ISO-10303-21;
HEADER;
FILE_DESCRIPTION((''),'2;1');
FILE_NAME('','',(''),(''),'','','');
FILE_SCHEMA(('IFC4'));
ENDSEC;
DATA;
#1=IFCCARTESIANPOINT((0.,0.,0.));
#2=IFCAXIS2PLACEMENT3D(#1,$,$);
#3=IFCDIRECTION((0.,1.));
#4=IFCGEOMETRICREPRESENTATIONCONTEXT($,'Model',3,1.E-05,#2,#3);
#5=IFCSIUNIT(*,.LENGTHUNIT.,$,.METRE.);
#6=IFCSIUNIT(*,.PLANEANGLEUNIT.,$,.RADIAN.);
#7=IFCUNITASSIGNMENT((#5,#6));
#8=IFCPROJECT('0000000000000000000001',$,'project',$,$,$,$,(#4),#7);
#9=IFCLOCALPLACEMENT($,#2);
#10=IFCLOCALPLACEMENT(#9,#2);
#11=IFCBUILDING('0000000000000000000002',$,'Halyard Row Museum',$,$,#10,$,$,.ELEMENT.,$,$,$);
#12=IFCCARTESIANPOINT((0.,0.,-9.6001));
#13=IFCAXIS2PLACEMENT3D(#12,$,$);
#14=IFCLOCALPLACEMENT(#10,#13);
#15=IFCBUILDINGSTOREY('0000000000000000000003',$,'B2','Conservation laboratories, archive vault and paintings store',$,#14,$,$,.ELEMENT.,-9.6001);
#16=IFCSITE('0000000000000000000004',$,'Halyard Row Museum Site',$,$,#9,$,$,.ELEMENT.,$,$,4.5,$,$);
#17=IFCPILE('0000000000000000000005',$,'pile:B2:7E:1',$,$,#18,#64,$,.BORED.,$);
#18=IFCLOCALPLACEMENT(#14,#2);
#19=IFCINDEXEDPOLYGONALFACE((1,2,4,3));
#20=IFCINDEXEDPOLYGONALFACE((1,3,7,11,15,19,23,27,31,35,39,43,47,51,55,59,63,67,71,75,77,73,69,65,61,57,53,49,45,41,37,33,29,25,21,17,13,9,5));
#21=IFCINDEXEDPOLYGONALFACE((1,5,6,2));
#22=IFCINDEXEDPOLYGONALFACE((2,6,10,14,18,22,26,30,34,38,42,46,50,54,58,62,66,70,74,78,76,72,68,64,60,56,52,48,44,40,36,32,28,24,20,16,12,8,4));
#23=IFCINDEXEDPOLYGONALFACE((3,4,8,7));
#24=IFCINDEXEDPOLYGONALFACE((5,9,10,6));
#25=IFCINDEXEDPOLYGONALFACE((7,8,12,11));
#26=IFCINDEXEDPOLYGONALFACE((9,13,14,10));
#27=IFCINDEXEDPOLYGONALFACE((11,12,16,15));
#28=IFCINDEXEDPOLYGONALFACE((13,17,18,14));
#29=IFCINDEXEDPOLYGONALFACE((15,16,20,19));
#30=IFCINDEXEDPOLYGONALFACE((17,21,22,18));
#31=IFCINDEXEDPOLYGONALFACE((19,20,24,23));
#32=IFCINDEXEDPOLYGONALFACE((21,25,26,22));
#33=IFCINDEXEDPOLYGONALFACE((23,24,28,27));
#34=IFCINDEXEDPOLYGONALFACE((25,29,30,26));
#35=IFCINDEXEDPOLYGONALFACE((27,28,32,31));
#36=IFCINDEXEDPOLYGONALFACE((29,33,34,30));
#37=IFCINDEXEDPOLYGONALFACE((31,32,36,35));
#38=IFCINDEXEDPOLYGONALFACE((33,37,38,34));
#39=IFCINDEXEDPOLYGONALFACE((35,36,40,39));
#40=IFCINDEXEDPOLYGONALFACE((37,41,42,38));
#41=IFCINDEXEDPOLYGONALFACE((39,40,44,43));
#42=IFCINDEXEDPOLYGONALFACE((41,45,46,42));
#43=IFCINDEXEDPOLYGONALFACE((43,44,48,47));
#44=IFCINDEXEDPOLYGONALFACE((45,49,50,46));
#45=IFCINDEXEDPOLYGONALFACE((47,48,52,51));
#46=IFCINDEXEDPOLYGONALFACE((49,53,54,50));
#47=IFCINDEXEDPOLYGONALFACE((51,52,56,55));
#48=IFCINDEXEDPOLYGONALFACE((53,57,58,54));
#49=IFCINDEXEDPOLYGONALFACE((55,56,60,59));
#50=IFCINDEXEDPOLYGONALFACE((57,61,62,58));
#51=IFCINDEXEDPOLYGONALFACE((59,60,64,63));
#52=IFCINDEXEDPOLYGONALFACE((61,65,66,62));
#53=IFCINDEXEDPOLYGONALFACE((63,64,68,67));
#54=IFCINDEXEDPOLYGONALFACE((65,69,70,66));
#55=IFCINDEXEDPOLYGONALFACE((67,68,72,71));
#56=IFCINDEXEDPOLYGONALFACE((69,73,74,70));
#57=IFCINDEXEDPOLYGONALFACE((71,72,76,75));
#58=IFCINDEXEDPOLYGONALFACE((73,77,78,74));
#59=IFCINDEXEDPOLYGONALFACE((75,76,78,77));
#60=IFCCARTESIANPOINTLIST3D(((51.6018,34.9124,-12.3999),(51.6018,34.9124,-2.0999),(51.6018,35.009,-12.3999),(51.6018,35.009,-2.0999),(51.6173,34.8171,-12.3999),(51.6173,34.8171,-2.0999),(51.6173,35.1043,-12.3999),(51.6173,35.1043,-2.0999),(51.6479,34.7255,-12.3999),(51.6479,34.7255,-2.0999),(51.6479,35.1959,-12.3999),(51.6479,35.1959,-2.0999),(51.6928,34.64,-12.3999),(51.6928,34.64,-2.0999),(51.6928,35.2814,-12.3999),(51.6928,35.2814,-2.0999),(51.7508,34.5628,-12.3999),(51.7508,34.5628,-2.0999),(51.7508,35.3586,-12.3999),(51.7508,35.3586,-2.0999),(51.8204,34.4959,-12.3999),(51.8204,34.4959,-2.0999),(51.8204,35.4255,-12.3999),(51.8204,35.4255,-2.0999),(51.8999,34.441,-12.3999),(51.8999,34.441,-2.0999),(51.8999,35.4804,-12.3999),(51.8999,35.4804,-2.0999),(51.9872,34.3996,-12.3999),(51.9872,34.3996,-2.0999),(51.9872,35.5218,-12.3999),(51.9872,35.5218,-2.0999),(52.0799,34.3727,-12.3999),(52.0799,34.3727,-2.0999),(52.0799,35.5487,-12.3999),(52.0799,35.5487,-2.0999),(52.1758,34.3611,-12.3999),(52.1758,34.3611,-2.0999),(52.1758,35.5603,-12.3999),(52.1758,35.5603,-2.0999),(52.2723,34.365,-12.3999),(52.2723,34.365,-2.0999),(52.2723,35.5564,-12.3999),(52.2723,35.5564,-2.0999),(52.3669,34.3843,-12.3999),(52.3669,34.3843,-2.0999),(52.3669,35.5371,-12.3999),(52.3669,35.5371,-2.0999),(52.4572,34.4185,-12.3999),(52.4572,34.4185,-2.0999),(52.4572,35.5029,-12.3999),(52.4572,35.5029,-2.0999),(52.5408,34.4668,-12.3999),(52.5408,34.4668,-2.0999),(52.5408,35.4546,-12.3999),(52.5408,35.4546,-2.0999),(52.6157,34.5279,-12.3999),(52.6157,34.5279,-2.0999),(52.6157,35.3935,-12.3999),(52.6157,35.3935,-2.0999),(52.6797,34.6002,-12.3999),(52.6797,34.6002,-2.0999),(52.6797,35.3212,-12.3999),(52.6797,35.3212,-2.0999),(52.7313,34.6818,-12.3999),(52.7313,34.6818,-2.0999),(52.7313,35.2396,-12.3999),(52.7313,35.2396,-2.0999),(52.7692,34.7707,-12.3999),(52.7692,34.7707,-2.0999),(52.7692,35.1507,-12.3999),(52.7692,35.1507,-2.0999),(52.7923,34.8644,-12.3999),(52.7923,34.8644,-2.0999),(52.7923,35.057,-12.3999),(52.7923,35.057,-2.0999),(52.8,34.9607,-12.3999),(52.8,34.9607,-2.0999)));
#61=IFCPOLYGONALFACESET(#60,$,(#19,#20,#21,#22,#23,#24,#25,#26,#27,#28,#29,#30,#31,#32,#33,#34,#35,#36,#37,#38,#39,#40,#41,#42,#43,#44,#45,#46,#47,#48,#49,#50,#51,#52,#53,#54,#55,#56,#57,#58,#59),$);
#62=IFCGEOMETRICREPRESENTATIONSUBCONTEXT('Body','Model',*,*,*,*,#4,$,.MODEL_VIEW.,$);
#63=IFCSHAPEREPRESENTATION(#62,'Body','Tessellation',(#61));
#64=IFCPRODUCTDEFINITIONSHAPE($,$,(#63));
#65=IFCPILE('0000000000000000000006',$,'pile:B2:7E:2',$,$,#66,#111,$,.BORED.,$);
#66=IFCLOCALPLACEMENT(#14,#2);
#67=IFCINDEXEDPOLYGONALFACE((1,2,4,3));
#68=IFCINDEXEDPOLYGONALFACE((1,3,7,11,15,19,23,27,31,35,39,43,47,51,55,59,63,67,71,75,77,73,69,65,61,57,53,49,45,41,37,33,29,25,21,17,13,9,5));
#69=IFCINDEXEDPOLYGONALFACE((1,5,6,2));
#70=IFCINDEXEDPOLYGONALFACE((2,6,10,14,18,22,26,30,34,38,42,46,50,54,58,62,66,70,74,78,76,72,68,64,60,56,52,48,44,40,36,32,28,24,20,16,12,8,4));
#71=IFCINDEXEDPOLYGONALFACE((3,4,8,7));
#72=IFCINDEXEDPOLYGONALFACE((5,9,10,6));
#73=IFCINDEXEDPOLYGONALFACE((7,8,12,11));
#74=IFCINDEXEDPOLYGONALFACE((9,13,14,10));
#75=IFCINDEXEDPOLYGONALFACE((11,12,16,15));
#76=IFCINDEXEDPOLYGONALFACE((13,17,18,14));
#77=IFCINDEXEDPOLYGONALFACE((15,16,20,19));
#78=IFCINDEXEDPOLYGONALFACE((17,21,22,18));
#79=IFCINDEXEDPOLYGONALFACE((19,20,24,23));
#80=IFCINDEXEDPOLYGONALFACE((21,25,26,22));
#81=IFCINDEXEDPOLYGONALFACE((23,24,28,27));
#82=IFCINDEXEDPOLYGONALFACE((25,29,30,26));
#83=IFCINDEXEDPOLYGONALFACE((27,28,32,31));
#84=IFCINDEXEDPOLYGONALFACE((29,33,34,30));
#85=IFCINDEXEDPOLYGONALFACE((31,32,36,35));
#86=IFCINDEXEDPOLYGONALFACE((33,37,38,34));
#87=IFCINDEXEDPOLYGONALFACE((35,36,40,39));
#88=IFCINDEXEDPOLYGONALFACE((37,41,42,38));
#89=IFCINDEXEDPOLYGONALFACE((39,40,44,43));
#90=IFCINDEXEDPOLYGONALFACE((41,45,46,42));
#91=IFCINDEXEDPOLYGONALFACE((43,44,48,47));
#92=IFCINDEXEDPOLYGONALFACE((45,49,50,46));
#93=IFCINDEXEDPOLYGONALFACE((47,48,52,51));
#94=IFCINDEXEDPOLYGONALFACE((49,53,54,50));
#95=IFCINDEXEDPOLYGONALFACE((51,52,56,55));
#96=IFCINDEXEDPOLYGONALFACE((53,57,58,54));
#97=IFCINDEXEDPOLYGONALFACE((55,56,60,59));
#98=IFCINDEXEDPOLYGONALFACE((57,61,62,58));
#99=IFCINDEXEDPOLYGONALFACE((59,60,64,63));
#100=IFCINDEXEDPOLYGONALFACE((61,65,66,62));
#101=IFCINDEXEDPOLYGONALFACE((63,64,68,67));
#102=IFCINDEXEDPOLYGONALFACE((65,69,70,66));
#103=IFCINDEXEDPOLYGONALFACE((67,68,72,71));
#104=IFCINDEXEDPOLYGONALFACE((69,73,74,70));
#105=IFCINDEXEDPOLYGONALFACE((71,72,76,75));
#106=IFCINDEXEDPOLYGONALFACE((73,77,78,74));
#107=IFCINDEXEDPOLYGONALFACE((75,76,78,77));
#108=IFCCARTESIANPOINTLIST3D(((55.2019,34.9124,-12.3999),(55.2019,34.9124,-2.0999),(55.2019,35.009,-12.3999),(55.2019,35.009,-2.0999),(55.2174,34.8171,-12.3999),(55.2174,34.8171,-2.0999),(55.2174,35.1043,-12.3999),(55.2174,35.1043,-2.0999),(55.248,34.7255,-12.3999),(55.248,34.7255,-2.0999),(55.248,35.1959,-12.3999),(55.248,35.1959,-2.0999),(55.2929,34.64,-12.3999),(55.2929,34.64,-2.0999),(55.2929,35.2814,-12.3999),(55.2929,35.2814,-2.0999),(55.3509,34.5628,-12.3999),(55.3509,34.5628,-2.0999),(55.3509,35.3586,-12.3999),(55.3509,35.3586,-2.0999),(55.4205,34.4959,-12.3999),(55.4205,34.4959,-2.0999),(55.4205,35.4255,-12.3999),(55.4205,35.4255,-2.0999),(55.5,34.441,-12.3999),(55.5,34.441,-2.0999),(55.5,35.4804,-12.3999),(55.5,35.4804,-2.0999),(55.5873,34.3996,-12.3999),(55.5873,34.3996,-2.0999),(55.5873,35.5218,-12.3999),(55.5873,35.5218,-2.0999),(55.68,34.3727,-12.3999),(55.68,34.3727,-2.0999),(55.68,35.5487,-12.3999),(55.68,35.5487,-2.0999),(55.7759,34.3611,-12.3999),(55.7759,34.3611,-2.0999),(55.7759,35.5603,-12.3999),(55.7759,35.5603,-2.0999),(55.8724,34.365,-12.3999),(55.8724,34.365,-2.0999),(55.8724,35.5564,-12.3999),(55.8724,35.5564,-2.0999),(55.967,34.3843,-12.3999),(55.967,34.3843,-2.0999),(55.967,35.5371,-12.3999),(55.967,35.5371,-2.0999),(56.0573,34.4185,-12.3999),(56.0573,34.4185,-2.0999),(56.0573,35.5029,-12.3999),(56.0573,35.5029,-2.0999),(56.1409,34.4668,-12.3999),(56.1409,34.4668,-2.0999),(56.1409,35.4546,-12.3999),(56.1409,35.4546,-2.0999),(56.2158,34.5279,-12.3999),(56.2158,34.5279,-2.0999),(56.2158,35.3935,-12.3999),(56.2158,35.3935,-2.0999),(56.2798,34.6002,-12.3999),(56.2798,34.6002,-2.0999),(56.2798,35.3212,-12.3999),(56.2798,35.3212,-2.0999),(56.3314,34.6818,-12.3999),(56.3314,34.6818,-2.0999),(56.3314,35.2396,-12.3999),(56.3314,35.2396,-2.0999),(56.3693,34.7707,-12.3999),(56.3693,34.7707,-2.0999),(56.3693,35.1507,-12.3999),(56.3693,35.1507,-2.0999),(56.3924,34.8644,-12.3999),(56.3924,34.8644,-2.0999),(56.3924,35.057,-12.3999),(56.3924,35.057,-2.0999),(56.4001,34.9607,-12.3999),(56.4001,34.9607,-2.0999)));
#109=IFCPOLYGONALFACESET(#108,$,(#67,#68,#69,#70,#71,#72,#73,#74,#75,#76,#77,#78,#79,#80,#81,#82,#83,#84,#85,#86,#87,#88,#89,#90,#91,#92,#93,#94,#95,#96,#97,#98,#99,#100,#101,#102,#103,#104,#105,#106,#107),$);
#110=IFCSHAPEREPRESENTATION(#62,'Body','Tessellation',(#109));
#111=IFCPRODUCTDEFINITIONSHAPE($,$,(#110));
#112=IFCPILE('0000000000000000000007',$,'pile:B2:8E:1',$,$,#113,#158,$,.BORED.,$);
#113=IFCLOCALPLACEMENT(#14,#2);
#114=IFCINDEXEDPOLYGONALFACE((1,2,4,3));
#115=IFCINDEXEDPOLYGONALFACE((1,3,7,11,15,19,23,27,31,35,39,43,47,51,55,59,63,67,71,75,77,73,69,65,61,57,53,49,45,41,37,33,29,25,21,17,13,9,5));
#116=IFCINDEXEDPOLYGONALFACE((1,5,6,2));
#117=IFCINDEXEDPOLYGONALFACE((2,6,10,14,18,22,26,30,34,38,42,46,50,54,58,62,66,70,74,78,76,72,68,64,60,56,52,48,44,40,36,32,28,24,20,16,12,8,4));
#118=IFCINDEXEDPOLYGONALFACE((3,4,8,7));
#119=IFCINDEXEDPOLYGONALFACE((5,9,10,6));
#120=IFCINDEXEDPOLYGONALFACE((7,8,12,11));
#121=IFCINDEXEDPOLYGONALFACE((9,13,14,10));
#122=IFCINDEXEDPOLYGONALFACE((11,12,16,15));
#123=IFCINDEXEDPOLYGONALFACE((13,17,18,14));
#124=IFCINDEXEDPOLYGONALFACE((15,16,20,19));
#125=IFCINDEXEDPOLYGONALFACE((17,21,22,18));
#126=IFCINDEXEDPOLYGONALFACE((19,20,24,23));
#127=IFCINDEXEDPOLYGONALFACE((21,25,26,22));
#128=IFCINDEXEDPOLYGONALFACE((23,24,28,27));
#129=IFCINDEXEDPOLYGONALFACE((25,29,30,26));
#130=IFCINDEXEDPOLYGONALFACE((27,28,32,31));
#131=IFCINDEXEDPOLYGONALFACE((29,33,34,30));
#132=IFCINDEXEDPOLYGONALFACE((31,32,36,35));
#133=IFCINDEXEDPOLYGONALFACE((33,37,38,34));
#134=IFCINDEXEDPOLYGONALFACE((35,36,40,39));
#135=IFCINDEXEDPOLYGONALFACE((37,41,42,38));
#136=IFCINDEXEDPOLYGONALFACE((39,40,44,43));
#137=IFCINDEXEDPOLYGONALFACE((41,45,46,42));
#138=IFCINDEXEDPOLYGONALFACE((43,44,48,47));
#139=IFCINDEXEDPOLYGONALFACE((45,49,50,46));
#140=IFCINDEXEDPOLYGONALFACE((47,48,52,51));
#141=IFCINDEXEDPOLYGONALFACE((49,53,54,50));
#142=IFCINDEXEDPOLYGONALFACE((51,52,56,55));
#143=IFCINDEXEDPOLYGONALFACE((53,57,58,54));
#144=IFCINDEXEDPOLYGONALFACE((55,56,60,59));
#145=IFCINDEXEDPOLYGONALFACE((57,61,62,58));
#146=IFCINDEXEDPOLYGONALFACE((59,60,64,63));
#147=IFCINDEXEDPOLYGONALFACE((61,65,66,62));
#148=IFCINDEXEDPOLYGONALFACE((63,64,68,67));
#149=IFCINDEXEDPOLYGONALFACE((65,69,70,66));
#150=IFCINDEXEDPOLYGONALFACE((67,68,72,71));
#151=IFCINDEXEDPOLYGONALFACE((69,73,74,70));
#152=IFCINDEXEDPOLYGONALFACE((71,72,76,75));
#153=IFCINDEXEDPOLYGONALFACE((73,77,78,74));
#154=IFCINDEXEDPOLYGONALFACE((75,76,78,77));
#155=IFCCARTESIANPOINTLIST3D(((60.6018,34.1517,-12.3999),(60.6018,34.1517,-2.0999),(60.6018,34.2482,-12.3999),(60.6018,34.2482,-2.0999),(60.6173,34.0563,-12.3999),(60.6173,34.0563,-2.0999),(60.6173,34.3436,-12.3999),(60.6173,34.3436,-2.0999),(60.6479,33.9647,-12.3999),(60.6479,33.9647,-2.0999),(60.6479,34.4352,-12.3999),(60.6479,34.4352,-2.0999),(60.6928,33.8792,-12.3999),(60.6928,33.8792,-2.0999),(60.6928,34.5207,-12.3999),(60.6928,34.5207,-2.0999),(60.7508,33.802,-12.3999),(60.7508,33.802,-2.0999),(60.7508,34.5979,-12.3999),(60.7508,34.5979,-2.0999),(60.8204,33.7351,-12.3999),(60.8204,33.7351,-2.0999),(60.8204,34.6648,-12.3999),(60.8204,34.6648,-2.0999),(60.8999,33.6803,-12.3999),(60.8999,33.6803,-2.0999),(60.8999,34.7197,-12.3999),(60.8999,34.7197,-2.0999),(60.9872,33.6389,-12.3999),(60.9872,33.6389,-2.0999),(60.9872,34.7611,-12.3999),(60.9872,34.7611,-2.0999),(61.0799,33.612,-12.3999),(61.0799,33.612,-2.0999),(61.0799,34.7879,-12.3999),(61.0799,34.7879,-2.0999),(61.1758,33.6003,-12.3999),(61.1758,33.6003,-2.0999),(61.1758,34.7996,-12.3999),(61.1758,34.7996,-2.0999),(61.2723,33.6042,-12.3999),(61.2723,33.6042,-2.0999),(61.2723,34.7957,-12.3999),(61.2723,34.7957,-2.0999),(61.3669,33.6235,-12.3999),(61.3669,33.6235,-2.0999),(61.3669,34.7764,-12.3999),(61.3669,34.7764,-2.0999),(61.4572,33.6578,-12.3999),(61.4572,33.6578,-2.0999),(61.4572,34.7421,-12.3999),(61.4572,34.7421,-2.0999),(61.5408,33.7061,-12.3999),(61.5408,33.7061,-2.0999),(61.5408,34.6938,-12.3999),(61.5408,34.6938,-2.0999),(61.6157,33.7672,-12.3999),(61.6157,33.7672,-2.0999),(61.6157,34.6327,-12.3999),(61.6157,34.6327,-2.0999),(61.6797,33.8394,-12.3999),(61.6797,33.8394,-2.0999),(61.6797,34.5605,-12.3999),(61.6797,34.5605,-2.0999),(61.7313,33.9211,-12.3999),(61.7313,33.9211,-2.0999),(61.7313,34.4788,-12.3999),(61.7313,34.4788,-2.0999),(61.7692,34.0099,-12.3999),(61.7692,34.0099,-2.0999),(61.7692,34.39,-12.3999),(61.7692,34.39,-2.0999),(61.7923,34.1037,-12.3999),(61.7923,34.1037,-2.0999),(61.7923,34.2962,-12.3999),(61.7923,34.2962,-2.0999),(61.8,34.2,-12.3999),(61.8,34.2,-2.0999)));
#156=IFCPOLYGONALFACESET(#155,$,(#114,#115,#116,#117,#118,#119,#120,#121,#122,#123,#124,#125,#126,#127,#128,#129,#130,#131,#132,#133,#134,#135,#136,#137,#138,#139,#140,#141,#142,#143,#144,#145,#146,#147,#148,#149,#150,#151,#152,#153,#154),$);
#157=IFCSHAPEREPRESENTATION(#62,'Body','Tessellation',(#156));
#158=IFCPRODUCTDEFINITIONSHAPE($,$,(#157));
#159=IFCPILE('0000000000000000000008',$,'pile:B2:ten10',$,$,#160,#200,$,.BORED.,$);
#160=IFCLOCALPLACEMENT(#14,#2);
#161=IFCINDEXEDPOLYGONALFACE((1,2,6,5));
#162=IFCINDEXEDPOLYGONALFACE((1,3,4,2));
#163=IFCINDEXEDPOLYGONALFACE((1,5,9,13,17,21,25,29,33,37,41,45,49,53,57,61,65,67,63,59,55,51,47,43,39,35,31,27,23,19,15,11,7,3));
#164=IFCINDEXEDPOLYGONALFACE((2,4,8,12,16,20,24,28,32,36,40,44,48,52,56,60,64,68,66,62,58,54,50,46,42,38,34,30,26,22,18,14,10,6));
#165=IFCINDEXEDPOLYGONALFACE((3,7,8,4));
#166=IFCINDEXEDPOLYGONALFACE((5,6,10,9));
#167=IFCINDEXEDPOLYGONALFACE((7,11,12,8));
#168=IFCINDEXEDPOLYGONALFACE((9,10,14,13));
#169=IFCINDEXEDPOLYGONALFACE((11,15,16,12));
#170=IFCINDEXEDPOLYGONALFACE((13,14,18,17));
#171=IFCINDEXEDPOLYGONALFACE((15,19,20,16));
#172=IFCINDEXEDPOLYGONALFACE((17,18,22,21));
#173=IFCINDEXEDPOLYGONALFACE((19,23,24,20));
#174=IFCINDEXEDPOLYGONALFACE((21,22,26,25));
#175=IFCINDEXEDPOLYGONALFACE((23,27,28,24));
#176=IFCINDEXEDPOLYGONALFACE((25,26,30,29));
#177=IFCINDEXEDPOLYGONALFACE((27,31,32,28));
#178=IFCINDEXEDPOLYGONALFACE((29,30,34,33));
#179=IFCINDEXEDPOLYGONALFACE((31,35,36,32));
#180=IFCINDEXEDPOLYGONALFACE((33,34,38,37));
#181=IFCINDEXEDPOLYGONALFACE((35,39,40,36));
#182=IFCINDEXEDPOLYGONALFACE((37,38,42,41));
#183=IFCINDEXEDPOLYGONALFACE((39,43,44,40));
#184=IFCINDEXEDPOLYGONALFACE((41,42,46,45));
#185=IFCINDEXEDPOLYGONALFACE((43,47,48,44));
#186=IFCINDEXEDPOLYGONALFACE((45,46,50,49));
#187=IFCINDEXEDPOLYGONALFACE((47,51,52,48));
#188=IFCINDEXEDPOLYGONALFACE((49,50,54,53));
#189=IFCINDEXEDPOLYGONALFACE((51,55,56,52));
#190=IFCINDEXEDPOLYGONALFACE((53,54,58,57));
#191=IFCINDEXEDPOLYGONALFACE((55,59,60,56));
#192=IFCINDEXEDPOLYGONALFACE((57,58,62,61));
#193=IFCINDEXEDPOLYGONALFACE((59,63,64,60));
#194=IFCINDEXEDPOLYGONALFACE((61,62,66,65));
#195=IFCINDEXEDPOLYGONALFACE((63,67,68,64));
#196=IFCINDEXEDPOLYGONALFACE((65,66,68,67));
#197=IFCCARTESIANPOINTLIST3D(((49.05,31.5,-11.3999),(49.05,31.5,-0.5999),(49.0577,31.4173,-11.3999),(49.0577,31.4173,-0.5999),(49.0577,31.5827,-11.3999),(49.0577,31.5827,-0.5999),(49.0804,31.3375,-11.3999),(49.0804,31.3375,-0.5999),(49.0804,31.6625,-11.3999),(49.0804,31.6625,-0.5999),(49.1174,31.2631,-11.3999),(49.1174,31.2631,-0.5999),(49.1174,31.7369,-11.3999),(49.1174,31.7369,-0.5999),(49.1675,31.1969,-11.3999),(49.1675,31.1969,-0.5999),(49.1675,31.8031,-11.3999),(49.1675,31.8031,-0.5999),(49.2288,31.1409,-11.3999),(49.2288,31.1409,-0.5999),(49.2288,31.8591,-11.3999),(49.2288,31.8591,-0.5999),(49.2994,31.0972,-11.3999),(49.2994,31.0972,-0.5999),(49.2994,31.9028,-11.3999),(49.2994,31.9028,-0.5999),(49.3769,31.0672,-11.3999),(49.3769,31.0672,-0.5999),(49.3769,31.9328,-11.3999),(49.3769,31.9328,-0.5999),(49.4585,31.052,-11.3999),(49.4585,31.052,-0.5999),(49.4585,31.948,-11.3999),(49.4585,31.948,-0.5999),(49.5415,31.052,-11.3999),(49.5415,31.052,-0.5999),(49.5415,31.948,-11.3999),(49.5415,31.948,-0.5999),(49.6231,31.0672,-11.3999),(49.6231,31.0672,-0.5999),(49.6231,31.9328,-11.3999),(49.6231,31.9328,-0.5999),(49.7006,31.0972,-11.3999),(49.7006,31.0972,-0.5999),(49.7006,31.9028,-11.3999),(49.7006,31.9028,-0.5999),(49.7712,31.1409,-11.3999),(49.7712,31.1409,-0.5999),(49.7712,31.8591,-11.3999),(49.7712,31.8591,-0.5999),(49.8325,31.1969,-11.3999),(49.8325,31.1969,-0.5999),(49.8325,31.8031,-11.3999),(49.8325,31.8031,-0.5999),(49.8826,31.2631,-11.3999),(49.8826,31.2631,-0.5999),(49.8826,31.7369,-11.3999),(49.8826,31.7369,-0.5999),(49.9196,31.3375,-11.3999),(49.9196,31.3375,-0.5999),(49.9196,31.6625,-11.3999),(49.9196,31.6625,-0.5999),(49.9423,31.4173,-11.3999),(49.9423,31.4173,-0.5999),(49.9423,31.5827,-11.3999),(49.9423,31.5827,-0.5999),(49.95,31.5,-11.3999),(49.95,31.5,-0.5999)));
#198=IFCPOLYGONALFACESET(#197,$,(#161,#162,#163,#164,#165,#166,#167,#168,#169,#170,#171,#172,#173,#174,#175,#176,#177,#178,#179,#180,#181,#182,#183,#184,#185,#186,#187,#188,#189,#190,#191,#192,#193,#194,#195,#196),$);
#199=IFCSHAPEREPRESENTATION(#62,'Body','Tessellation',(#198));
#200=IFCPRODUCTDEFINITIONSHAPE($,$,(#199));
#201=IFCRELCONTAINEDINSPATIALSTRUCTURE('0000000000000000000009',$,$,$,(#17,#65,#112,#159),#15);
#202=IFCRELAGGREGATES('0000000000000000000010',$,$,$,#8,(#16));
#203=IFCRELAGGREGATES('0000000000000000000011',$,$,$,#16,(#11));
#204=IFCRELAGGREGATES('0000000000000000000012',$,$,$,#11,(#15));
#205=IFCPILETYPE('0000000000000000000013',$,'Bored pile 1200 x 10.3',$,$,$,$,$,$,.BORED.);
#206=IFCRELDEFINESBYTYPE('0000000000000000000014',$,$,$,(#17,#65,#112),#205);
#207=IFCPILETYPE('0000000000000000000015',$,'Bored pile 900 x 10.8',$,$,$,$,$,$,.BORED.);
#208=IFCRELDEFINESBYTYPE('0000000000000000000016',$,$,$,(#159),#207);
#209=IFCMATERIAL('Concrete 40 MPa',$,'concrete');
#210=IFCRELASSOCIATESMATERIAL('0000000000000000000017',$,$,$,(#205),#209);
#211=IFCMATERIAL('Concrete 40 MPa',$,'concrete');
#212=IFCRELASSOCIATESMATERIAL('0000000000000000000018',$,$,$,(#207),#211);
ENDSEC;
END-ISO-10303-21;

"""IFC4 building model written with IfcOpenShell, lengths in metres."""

from ifc_helpers import new_model, si_unit, direction, frame, origin, origin_2d, place, context, subcontext, project, spatial, circle, extrude, material, material_profile, profile_set, type_object, element, save


model = new_model("IFC4")

# Units and contexts
model_context = context("Model", 3, precision=1e-05, world=origin(), true_north=direction((0.0, 1.0)))
body_context = subcontext(model_context, "Body", "Model", "MODEL_VIEW")
ifc_project = project(units=[si_unit("LENGTHUNIT", "METRE"), si_unit("PLANEANGLEUNIT", "RADIAN")], contexts=[model_context])

# Site, building, storey
site_placement = place(None, origin())
site = spatial("IfcSite", under=ifc_project, at=site_placement, Name="Halyard Row Museum Site", CompositionType="ELEMENT", RefElevation=4.5)
building_placement = place(site_placement, origin())
building = spatial("IfcBuilding", under=site, at=building_placement, Name="Halyard Row Museum", CompositionType="ELEMENT")
storey_placement = place(building_placement, frame((0.0, 0.0, -9.6001)))
storey = spatial("IfcBuildingStorey", under=building, at=storey_placement, Name="B2", Description="Conservation laboratories, archive vault and paintings store", CompositionType="ELEMENT", Elevation=-9.6001)

# Piles
ifc_material_1 = material(Name="Concrete 40 MPa", Category="concrete")
ifc_material_profile_1 = material_profile(ifc_material_1, circle(Radius=0.6001, at=origin_2d()), Name="Bored pile 1200 x 10.3")
ifc_profile_set_1 = profile_set([ifc_material_profile_1], Name="Concrete 40 MPa")
pile_type_1 = type_object("IfcPileType", Name="Bored pile 1200 x 10.3", PredefinedType="BORED", material=ifc_profile_set_1)
for number, where, z_axis, x_axis, name in (
    (1, (52.2, 34.9607, -2.0999), (0.0, 0.0, -1.0), (1.0, 0.0, 0.0), "pile:B2:7E:1"),
    (2, (55.8, 34.9607, -2.0999), (0.0, 0.0, -1.0), (1.0, 0.0, 0.0), "pile:B2:7E:2"),
    (3, (61.2, 34.2, -2.0999), (0.0, 0.0, -1.0), (1.0, 0.0, 0.0), "pile:B2:8E:1"),
):
    element("IfcPile", number, at=place(storey_placement, frame(where, z_axis=z_axis, x_axis=x_axis)), inside=storey, type_object=pile_type_1, Name=name, PredefinedType="BORED", context=body_context, shape_type="SweptSolid", body=[
        extrude(circle(Radius=0.6001, at=origin_2d()), origin(), (0.0, 0.0, 1.0), 10.3),
    ])
ifc_material_2 = material(Name="Concrete 40 MPa", Category="concrete")
ifc_material_profile_2 = material_profile(ifc_material_2, circle(Radius=0.45, at=origin_2d()), Name="Bored pile 900 x 10.8")
ifc_profile_set_2 = profile_set([ifc_material_profile_2], Name="Concrete 40 MPa")
pile_type_2 = type_object("IfcPileType", Name="Bored pile 900 x 10.8", PredefinedType="BORED", material=ifc_profile_set_2)
for number, where, z_axis, x_axis, name in (
    (4, (49.5, 31.5, -0.5999), (0.0, 0.0, -1.0), (1.0, 0.0, 0.0), "pile:B2:ten10"),
):
    element("IfcPile", number, at=place(storey_placement, frame(where, z_axis=z_axis, x_axis=x_axis)), inside=storey, type_object=pile_type_2, Name=name, PredefinedType="BORED", context=body_context, shape_type="SweptSolid", body=[
        extrude(circle(Radius=0.45, at=origin_2d()), origin(), (0.0, 0.0, 1.0), 10.8),
    ])

save(model, "model.ifc")
